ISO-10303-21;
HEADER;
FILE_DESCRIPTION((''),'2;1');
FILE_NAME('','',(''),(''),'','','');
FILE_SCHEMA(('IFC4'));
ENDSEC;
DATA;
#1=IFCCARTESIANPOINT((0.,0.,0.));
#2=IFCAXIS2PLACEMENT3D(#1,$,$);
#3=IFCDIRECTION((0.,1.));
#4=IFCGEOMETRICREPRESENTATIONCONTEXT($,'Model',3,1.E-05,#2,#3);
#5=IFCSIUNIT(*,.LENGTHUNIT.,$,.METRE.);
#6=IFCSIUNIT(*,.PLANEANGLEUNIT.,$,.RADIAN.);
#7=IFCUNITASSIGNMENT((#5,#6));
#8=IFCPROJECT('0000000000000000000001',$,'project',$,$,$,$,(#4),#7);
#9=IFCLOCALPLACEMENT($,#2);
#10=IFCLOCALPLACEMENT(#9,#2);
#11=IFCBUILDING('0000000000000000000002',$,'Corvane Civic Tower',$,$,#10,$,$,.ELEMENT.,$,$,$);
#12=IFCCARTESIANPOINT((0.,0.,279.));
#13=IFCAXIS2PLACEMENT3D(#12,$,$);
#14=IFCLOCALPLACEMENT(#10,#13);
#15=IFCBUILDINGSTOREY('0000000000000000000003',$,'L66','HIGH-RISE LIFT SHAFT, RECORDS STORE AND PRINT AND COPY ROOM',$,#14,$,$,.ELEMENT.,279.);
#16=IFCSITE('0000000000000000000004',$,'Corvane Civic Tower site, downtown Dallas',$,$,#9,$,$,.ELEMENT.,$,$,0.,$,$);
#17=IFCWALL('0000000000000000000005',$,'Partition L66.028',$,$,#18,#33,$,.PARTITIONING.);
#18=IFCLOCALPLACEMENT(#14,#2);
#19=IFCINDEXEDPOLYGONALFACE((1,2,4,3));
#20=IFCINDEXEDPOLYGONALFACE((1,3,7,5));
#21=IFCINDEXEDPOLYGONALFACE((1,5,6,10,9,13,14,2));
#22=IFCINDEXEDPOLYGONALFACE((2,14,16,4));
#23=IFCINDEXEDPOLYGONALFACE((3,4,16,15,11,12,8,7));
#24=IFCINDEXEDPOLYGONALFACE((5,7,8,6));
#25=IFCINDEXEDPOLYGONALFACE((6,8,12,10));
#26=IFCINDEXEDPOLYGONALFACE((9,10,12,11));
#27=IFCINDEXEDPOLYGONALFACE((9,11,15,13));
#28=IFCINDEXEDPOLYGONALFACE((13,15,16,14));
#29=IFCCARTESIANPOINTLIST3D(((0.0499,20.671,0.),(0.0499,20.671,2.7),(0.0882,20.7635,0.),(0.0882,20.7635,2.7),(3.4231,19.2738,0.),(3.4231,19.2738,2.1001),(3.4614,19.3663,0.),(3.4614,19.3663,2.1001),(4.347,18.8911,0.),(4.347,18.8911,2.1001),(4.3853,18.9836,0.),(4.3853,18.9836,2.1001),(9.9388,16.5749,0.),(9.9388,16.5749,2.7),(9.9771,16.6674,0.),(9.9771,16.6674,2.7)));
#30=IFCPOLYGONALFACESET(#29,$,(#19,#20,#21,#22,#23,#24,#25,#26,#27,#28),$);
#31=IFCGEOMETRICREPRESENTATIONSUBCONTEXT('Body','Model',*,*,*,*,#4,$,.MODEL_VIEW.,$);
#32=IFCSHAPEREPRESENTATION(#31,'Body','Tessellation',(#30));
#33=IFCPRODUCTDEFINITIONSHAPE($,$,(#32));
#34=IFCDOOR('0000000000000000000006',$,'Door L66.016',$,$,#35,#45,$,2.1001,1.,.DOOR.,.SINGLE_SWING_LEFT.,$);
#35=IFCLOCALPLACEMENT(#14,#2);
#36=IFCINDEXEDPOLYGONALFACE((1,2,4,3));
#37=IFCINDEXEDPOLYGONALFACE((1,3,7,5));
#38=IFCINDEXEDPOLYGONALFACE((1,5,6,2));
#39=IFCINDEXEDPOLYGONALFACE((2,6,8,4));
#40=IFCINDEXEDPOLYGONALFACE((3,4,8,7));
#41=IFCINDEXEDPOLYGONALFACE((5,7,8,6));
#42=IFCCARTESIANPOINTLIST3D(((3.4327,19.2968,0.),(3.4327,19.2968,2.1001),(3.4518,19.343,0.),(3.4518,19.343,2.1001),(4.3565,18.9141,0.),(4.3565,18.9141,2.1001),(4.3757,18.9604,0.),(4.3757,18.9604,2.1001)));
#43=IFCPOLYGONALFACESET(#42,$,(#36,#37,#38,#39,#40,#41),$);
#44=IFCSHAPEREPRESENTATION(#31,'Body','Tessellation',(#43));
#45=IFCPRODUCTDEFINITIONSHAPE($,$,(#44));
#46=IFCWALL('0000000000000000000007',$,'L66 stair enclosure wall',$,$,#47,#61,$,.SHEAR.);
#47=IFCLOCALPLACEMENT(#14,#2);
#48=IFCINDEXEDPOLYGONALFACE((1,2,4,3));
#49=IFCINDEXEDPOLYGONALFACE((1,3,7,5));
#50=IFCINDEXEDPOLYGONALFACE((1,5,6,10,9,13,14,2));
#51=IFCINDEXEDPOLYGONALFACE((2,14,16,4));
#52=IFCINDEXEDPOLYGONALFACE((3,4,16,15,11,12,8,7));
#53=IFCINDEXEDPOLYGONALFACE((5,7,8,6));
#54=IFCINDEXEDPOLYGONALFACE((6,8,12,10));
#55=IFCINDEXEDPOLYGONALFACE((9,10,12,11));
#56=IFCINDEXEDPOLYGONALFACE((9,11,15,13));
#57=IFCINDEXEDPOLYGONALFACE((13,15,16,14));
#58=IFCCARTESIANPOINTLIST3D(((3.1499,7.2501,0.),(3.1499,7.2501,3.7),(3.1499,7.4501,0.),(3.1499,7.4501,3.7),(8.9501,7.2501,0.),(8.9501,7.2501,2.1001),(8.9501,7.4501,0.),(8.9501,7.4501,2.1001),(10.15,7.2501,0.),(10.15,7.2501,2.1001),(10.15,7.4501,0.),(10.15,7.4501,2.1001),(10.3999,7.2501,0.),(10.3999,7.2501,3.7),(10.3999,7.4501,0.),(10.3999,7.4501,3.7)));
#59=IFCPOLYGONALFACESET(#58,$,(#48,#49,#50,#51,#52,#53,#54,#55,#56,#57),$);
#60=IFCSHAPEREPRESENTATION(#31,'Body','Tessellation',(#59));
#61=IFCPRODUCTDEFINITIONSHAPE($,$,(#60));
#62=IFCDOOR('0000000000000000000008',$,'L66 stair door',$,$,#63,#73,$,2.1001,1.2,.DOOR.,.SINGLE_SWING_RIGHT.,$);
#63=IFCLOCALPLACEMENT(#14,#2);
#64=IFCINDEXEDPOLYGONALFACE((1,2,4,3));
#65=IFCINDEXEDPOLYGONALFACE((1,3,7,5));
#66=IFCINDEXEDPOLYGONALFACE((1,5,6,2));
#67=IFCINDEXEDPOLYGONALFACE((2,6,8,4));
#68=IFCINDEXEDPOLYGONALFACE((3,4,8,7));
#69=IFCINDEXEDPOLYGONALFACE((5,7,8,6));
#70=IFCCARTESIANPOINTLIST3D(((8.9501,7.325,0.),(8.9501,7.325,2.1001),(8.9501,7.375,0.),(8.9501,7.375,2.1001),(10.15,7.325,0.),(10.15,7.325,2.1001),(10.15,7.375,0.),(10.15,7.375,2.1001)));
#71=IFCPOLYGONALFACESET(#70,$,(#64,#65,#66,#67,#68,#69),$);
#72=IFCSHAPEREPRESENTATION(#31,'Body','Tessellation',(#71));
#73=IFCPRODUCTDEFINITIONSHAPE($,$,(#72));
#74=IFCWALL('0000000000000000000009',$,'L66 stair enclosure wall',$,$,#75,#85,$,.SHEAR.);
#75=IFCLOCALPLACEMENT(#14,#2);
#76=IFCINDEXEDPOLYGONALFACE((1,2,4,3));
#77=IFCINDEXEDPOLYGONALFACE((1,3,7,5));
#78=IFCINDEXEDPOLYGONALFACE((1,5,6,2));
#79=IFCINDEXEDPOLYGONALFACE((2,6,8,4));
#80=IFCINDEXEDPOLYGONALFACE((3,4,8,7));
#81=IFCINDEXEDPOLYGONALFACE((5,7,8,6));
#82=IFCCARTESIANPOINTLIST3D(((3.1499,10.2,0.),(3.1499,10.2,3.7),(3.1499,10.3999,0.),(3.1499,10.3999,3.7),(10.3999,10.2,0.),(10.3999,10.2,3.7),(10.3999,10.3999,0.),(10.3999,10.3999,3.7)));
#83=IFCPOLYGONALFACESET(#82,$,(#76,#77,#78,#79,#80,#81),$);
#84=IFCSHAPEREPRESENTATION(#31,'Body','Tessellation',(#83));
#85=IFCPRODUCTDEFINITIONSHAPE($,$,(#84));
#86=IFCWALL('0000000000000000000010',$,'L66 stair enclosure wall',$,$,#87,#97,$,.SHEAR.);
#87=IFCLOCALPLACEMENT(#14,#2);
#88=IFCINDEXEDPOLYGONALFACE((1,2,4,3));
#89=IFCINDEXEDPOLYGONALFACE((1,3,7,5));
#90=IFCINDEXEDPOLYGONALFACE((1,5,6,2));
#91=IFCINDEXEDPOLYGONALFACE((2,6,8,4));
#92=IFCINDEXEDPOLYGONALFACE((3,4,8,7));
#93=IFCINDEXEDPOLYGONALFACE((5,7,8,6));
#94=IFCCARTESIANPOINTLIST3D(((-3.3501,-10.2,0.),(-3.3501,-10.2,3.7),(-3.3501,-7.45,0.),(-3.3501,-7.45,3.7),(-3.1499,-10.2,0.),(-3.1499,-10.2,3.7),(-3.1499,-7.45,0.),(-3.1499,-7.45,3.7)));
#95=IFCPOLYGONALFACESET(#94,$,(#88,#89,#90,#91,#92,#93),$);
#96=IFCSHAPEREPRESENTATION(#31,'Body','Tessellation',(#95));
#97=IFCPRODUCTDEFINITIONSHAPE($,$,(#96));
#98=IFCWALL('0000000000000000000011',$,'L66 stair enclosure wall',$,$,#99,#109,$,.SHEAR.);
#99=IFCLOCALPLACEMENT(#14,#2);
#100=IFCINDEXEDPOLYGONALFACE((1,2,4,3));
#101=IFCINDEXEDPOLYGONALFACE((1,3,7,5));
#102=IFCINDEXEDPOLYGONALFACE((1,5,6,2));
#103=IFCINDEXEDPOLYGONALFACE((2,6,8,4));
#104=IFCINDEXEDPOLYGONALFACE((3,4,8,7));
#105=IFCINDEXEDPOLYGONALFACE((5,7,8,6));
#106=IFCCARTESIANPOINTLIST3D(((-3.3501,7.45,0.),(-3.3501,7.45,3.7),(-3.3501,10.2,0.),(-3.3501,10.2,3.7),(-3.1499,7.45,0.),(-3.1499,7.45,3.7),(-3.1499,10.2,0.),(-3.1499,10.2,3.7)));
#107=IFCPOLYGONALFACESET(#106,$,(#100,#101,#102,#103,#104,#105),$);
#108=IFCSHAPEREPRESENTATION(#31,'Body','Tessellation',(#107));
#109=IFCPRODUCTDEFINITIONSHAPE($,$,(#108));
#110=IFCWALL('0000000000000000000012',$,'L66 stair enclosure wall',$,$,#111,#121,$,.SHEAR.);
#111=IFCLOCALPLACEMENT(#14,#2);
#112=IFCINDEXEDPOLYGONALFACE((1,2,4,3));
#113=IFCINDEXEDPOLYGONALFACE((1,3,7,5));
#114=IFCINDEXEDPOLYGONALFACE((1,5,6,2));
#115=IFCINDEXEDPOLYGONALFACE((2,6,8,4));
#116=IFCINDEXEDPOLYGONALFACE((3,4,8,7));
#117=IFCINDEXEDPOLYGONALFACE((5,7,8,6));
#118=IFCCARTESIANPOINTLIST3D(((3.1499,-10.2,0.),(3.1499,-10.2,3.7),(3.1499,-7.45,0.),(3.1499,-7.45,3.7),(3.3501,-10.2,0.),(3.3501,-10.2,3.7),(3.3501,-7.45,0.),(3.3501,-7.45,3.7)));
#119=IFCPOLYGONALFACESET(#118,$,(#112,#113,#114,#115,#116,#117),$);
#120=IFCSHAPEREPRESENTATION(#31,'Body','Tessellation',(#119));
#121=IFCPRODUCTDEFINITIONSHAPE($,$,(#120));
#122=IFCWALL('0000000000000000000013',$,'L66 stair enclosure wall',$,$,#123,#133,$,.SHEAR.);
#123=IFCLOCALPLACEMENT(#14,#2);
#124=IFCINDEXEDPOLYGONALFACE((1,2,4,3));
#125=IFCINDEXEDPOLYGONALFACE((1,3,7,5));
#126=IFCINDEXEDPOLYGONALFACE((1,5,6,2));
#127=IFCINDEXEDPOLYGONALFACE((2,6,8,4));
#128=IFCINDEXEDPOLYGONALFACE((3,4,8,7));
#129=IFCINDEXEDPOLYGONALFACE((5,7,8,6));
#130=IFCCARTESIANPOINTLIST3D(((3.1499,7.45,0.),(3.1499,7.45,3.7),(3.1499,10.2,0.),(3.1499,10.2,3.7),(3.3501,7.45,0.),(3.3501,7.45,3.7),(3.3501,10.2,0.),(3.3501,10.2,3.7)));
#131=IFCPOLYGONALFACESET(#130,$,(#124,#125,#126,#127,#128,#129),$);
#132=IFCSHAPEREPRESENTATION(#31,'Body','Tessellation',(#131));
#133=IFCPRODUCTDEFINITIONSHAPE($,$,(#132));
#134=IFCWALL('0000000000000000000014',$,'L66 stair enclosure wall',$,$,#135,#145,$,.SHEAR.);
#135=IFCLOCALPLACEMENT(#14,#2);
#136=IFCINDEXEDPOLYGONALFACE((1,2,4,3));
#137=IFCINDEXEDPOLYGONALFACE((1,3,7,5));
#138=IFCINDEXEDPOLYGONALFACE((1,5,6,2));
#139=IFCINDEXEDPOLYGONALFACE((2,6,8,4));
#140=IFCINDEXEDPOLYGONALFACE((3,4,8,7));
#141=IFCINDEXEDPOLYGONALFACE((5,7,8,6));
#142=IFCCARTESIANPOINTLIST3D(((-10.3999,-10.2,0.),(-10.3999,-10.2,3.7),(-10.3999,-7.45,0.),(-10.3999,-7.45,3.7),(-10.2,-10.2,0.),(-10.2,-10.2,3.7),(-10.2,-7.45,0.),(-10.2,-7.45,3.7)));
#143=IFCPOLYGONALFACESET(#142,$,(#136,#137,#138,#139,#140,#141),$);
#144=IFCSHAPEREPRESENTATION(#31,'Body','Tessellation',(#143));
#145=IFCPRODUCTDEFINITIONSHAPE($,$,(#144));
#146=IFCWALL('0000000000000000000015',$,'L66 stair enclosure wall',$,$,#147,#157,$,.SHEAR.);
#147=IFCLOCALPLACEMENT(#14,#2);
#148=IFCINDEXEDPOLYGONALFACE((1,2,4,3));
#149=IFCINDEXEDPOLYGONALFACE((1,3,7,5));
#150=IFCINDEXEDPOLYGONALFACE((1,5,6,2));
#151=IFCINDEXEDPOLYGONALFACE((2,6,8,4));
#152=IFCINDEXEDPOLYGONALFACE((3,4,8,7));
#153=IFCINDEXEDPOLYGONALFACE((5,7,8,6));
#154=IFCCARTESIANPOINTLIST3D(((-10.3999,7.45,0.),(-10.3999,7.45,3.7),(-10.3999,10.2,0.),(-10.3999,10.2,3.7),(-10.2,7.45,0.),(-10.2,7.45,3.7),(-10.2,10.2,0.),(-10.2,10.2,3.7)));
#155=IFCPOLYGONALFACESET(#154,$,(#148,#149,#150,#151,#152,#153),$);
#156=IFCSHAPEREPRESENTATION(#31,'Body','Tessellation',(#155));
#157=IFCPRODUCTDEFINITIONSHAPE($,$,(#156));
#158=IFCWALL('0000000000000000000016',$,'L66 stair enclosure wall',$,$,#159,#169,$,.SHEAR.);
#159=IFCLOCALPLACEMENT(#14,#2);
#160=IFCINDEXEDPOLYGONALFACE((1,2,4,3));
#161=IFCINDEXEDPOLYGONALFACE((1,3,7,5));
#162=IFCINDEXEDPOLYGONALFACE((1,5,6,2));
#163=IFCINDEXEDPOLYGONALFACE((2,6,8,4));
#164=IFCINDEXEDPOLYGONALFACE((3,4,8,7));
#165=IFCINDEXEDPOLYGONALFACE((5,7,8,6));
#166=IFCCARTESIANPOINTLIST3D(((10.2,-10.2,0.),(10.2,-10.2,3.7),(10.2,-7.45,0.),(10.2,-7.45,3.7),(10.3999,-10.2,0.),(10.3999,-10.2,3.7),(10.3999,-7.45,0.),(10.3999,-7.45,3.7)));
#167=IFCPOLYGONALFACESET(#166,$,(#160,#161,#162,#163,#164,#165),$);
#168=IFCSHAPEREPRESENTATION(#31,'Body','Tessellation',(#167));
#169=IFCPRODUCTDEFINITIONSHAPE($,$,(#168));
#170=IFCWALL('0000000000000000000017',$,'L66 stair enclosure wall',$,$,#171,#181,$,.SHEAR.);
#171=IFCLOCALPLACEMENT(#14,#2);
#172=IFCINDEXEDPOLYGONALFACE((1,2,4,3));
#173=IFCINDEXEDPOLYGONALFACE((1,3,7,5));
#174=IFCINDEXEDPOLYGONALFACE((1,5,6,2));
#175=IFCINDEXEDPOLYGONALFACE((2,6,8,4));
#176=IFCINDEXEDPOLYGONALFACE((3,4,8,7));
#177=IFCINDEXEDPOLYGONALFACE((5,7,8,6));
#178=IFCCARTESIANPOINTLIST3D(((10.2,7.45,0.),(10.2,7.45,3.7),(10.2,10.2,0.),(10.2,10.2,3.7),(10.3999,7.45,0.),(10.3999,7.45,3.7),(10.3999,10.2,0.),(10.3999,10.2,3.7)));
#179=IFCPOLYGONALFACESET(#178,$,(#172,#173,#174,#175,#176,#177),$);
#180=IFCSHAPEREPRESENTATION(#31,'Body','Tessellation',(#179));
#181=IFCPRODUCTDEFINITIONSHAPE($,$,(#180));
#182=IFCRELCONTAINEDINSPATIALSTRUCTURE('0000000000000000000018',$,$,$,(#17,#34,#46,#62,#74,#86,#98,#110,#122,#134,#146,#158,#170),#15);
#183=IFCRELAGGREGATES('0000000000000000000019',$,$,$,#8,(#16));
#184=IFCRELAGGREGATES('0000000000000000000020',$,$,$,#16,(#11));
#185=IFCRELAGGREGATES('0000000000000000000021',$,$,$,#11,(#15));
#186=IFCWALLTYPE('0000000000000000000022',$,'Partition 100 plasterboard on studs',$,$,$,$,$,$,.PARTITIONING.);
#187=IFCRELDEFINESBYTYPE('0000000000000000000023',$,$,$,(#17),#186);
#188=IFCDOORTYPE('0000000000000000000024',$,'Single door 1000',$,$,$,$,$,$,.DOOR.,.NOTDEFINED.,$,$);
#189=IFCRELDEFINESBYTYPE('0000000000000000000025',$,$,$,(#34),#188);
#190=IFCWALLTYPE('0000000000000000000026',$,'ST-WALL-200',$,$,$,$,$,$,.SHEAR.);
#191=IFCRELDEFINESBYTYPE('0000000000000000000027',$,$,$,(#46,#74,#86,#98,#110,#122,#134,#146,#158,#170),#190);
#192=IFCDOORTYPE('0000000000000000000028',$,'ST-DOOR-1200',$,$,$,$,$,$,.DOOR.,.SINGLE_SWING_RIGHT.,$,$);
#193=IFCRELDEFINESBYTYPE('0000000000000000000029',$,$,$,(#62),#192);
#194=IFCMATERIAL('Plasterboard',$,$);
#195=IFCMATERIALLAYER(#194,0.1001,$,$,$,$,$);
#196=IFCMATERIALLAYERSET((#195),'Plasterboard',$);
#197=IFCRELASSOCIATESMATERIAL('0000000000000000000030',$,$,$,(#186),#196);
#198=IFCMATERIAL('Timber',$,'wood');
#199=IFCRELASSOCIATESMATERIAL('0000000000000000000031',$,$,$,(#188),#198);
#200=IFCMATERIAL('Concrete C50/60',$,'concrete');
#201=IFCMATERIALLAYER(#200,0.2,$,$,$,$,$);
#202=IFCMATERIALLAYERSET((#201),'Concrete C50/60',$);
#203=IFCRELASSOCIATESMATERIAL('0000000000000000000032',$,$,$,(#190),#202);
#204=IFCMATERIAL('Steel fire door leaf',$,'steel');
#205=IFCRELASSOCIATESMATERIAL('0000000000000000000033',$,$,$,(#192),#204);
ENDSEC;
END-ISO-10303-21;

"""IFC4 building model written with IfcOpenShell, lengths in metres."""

from ifc_helpers import new_model, si_unit, direction, frame, frame_2d, origin, place, context, subcontext, project, spatial, polyline, rectangle, outline, extrude, material, layer, layer_set, type_object, element, fill, save


model = new_model("IFC4")

# Units and contexts
model_context = context("Model", 3, precision=1e-05, world=origin(), true_north=direction((0.0, 1.0)))
body_context = subcontext(model_context, "Body", "Model", "MODEL_VIEW")
ifc_project = project(units=[si_unit("LENGTHUNIT", "METRE"), si_unit("PLANEANGLEUNIT", "RADIAN")], contexts=[model_context])

# Site, building, storey
site_placement = place(None, origin())
site = spatial("IfcSite", under=ifc_project, at=site_placement, Name="Corvane Civic Tower site, downtown Dallas", CompositionType="ELEMENT", RefElevation=0.0)
building_placement = place(site_placement, origin())
building = spatial("IfcBuilding", under=site, at=building_placement, Name="Corvane Civic Tower", CompositionType="ELEMENT")
storey_placement = place(building_placement, frame((0.0, 0.0, 279.0)))
storey = spatial("IfcBuildingStorey", under=building, at=storey_placement, Name="L66", Description="HIGH-RISE LIFT SHAFT, RECORDS STORE AND PRINT AND COPY ROOM", CompositionType="ELEMENT", Elevation=279.0)

# Shared definitions
ifc_material_1 = material(Name="Plasterboard")
ifc_layer_1 = layer(ifc_material_1, 0.1001)
ifc_layer_set_1 = layer_set([ifc_layer_1], Name="Plasterboard")
wall_type_1 = type_object("IfcWallType", Name="Partition 100 plasterboard on studs", PredefinedType="PARTITIONING", material=ifc_layer_set_1)

# Walls, openings, doors
wall_1_placement = place(storey_placement, frame((0.0691, 20.7173, 0.0), z_axis=(0.0, 0.0, 1.0), x_axis=(0.923877, -0.382689, 0.0)))
wall_1 = element("IfcWall", 1, at=wall_1_placement, inside=storey, type_object=wall_type_1, Name="Partition L66.028", PredefinedType="PARTITIONING", context=body_context, shape_type="SweptSolid", body=[
    extrude(rectangle(XDim=10.7036, YDim=0.1001, at=frame_2d((5.3518, 0.0))), origin(), (0.0, 0.0, 1.0), 2.7),
])
opening_1_placement = place(wall_1_placement, frame((3.6511, 0.0, 0.0)))
opening_1 = element("IfcOpeningElement", 2, at=opening_1_placement, cuts=wall_1, PredefinedType="OPENING", context=body_context, shape_type="SweptSolid", body=[
    extrude(rectangle(XDim=1.0, YDim=2.1001, at=frame_2d((0.5, 1.05))), frame((0.0, 0.0601, 0.0), z_axis=(0.0, -1.0, 0.0), x_axis=(1.0, 0.0, 0.0)), (0.0, 0.0, 1.0), 0.1201),
])
ifc_material_2 = material(Name="Timber", Category="wood")
door_type_1 = type_object("IfcDoorType", Name="Single door 1000", OperationType="NOTDEFINED", PredefinedType="DOOR", material=ifc_material_2)
door_1_placement = place(opening_1_placement, origin())
door_1 = element("IfcDoor", 3, at=door_1_placement, inside=storey, type_object=door_type_1, Name="Door L66.016", OperationType="SINGLE_SWING_LEFT", OverallHeight=2.1001, OverallWidth=1.0, PredefinedType="DOOR", context=body_context, shape_type="SweptSolid", body=[
    extrude(rectangle(XDim=1.0, YDim=2.1001, at=frame_2d((0.5, 1.05))), frame((0.0, 0.0249, 0.0), z_axis=(0.0, -1.0, 0.0), x_axis=(1.0, 0.0, 0.0)), (0.0, 0.0, 1.0), 0.05),
])
fill(opening_1, door_1)
ifc_material_3 = material(Name="Concrete C50/60", Category="concrete")
ifc_layer_2 = layer(ifc_material_3, 0.2)
ifc_layer_set_2 = layer_set([ifc_layer_2], Name="Concrete C50/60")
wall_type_2 = type_object("IfcWallType", Name="ST-WALL-200", PredefinedType="SHEAR", material=ifc_layer_set_2)
wall_2_placement = place(storey_placement, frame((3.1499, 7.3501, 0.0), z_axis=(0.0, 0.0, 1.0), x_axis=(1.0, 0.0, 0.0)))
wall_2 = element("IfcWall", 4, at=wall_2_placement, inside=storey, type_object=wall_type_2, Name="L66 stair enclosure wall", PredefinedType="SHEAR", context=body_context, shape_type="SweptSolid", body=[
    extrude(rectangle(XDim=7.25, YDim=0.2, at=frame_2d((3.625, 0.0))), origin(), (0.0, 0.0, 1.0), 3.7),
])
opening_2_placement = place(wall_2_placement, frame((5.8, 0.0, 0.0)))
opening_2 = element("IfcOpeningElement", 5, at=opening_2_placement, cuts=wall_2, PredefinedType="OPENING", context=body_context, shape_type="SweptSolid", body=[
    extrude(rectangle(XDim=1.2, YDim=2.1001, at=frame_2d((0.6001, 1.05))), frame((0.0, 0.1099, 0.0), z_axis=(0.0, -1.0, 0.0), x_axis=(1.0, 0.0, 0.0)), (0.0, 0.0, 1.0), 0.22),
])
ifc_material_4 = material(Name="Steel fire door leaf", Category="steel")
door_type_2 = type_object("IfcDoorType", Name="ST-DOOR-1200", OperationType="SINGLE_SWING_RIGHT", PredefinedType="DOOR", material=ifc_material_4)
door_2_placement = place(opening_2_placement, origin())
door_2 = element("IfcDoor", 6, at=door_2_placement, inside=storey, type_object=door_type_2, Name="L66 stair door", OperationType="SINGLE_SWING_RIGHT", OverallHeight=2.1001, OverallWidth=1.2, PredefinedType="DOOR", context=body_context, shape_type="SweptSolid", body=[
    extrude(rectangle(XDim=1.2, YDim=2.1001, at=frame_2d((0.6001, 1.05))), frame((0.0, 0.0249, 0.0), z_axis=(0.0, -1.0, 0.0), x_axis=(1.0, 0.0, 0.0)), (0.0, 0.0, 1.0), 0.05),
])
fill(opening_2, door_2)

# Walls
wall_3_placement = place(storey_placement, origin())
element("IfcWall", 7, at=wall_3_placement, inside=storey, type_object=wall_type_2, Name="L66 stair enclosure wall", PredefinedType="SHEAR", context=body_context, shape_type="SweptSolid", body=[
    extrude(outline(polyline([(10.3999, 10.2), (3.1499, 10.2), (3.1499, 10.3999), (10.3999, 10.3999), (10.3999, 10.2)])), origin(), (0.0, 0.0, 1.0), 3.7),
])
wall_4_placement = place(storey_placement, origin())
element("IfcWall", 8, at=wall_4_placement, inside=storey, type_object=wall_type_2, Name="L66 stair enclosure wall", PredefinedType="SHEAR", context=body_context, shape_type="SweptSolid", body=[
    extrude(outline(polyline([(-3.1499, -7.45), (-3.1499, -10.2), (-3.3501, -10.2), (-3.3501, -7.45), (-3.1499, -7.45)])), origin(), (0.0, 0.0, 1.0), 3.7),
])
wall_5_placement = place(storey_placement, origin())
element("IfcWall", 9, at=wall_5_placement, inside=storey, type_object=wall_type_2, Name="L66 stair enclosure wall", PredefinedType="SHEAR", context=body_context, shape_type="SweptSolid", body=[
    extrude(outline(polyline([(-3.1499, 7.45), (-3.3501, 7.45), (-3.3501, 10.2), (-3.1499, 10.2), (-3.1499, 7.45)])), origin(), (0.0, 0.0, 1.0), 3.7),
])
wall_6_placement = place(storey_placement, origin())
element("IfcWall", 10, at=wall_6_placement, inside=storey, type_object=wall_type_2, Name="L66 stair enclosure wall", PredefinedType="SHEAR", context=body_context, shape_type="SweptSolid", body=[
    extrude(outline(polyline([(3.3501, -7.45), (3.3501, -10.2), (3.1499, -10.2), (3.1499, -7.45), (3.3501, -7.45)])), origin(), (0.0, 0.0, 1.0), 3.7),
])
wall_7_placement = place(storey_placement, origin())
element("IfcWall", 11, at=wall_7_placement, inside=storey, type_object=wall_type_2, Name="L66 stair enclosure wall", PredefinedType="SHEAR", context=body_context, shape_type="SweptSolid", body=[
    extrude(outline(polyline([(3.3501, 7.45), (3.1499, 7.45), (3.1499, 10.2), (3.3501, 10.2), (3.3501, 7.45)])), origin(), (0.0, 0.0, 1.0), 3.7),
])
wall_8_placement = place(storey_placement, origin())
element("IfcWall", 12, at=wall_8_placement, inside=storey, type_object=wall_type_2, Name="L66 stair enclosure wall", PredefinedType="SHEAR", context=body_context, shape_type="SweptSolid", body=[
    extrude(outline(polyline([(-10.2, -7.45), (-10.2, -10.2), (-10.3999, -10.2), (-10.3999, -7.45), (-10.2, -7.45)])), origin(), (0.0, 0.0, 1.0), 3.7),
])
wall_9_placement = place(storey_placement, origin())
element("IfcWall", 13, at=wall_9_placement, inside=storey, type_object=wall_type_2, Name="L66 stair enclosure wall", PredefinedType="SHEAR", context=body_context, shape_type="SweptSolid", body=[
    extrude(outline(polyline([(-10.2, 7.45), (-10.3999, 7.45), (-10.3999, 10.2), (-10.2, 10.2), (-10.2, 7.45)])), origin(), (0.0, 0.0, 1.0), 3.7),
])
wall_10_placement = place(storey_placement, origin())
element("IfcWall", 14, at=wall_10_placement, inside=storey, type_object=wall_type_2, Name="L66 stair enclosure wall", PredefinedType="SHEAR", context=body_context, shape_type="SweptSolid", body=[
    extrude(outline(polyline([(10.3999, -7.45), (10.3999, -10.2), (10.2, -10.2), (10.2, -7.45), (10.3999, -7.45)])), origin(), (0.0, 0.0, 1.0), 3.7),
])
wall_11_placement = place(storey_placement, origin())
element("IfcWall", 15, at=wall_11_placement, inside=storey, type_object=wall_type_2, Name="L66 stair enclosure wall", PredefinedType="SHEAR", context=body_context, shape_type="SweptSolid", body=[
    extrude(outline(polyline([(10.3999, 7.45), (10.2, 7.45), (10.2, 10.2), (10.3999, 10.2), (10.3999, 7.45)])), origin(), (0.0, 0.0, 1.0), 3.7),
])

save(model, "model.ifc")
